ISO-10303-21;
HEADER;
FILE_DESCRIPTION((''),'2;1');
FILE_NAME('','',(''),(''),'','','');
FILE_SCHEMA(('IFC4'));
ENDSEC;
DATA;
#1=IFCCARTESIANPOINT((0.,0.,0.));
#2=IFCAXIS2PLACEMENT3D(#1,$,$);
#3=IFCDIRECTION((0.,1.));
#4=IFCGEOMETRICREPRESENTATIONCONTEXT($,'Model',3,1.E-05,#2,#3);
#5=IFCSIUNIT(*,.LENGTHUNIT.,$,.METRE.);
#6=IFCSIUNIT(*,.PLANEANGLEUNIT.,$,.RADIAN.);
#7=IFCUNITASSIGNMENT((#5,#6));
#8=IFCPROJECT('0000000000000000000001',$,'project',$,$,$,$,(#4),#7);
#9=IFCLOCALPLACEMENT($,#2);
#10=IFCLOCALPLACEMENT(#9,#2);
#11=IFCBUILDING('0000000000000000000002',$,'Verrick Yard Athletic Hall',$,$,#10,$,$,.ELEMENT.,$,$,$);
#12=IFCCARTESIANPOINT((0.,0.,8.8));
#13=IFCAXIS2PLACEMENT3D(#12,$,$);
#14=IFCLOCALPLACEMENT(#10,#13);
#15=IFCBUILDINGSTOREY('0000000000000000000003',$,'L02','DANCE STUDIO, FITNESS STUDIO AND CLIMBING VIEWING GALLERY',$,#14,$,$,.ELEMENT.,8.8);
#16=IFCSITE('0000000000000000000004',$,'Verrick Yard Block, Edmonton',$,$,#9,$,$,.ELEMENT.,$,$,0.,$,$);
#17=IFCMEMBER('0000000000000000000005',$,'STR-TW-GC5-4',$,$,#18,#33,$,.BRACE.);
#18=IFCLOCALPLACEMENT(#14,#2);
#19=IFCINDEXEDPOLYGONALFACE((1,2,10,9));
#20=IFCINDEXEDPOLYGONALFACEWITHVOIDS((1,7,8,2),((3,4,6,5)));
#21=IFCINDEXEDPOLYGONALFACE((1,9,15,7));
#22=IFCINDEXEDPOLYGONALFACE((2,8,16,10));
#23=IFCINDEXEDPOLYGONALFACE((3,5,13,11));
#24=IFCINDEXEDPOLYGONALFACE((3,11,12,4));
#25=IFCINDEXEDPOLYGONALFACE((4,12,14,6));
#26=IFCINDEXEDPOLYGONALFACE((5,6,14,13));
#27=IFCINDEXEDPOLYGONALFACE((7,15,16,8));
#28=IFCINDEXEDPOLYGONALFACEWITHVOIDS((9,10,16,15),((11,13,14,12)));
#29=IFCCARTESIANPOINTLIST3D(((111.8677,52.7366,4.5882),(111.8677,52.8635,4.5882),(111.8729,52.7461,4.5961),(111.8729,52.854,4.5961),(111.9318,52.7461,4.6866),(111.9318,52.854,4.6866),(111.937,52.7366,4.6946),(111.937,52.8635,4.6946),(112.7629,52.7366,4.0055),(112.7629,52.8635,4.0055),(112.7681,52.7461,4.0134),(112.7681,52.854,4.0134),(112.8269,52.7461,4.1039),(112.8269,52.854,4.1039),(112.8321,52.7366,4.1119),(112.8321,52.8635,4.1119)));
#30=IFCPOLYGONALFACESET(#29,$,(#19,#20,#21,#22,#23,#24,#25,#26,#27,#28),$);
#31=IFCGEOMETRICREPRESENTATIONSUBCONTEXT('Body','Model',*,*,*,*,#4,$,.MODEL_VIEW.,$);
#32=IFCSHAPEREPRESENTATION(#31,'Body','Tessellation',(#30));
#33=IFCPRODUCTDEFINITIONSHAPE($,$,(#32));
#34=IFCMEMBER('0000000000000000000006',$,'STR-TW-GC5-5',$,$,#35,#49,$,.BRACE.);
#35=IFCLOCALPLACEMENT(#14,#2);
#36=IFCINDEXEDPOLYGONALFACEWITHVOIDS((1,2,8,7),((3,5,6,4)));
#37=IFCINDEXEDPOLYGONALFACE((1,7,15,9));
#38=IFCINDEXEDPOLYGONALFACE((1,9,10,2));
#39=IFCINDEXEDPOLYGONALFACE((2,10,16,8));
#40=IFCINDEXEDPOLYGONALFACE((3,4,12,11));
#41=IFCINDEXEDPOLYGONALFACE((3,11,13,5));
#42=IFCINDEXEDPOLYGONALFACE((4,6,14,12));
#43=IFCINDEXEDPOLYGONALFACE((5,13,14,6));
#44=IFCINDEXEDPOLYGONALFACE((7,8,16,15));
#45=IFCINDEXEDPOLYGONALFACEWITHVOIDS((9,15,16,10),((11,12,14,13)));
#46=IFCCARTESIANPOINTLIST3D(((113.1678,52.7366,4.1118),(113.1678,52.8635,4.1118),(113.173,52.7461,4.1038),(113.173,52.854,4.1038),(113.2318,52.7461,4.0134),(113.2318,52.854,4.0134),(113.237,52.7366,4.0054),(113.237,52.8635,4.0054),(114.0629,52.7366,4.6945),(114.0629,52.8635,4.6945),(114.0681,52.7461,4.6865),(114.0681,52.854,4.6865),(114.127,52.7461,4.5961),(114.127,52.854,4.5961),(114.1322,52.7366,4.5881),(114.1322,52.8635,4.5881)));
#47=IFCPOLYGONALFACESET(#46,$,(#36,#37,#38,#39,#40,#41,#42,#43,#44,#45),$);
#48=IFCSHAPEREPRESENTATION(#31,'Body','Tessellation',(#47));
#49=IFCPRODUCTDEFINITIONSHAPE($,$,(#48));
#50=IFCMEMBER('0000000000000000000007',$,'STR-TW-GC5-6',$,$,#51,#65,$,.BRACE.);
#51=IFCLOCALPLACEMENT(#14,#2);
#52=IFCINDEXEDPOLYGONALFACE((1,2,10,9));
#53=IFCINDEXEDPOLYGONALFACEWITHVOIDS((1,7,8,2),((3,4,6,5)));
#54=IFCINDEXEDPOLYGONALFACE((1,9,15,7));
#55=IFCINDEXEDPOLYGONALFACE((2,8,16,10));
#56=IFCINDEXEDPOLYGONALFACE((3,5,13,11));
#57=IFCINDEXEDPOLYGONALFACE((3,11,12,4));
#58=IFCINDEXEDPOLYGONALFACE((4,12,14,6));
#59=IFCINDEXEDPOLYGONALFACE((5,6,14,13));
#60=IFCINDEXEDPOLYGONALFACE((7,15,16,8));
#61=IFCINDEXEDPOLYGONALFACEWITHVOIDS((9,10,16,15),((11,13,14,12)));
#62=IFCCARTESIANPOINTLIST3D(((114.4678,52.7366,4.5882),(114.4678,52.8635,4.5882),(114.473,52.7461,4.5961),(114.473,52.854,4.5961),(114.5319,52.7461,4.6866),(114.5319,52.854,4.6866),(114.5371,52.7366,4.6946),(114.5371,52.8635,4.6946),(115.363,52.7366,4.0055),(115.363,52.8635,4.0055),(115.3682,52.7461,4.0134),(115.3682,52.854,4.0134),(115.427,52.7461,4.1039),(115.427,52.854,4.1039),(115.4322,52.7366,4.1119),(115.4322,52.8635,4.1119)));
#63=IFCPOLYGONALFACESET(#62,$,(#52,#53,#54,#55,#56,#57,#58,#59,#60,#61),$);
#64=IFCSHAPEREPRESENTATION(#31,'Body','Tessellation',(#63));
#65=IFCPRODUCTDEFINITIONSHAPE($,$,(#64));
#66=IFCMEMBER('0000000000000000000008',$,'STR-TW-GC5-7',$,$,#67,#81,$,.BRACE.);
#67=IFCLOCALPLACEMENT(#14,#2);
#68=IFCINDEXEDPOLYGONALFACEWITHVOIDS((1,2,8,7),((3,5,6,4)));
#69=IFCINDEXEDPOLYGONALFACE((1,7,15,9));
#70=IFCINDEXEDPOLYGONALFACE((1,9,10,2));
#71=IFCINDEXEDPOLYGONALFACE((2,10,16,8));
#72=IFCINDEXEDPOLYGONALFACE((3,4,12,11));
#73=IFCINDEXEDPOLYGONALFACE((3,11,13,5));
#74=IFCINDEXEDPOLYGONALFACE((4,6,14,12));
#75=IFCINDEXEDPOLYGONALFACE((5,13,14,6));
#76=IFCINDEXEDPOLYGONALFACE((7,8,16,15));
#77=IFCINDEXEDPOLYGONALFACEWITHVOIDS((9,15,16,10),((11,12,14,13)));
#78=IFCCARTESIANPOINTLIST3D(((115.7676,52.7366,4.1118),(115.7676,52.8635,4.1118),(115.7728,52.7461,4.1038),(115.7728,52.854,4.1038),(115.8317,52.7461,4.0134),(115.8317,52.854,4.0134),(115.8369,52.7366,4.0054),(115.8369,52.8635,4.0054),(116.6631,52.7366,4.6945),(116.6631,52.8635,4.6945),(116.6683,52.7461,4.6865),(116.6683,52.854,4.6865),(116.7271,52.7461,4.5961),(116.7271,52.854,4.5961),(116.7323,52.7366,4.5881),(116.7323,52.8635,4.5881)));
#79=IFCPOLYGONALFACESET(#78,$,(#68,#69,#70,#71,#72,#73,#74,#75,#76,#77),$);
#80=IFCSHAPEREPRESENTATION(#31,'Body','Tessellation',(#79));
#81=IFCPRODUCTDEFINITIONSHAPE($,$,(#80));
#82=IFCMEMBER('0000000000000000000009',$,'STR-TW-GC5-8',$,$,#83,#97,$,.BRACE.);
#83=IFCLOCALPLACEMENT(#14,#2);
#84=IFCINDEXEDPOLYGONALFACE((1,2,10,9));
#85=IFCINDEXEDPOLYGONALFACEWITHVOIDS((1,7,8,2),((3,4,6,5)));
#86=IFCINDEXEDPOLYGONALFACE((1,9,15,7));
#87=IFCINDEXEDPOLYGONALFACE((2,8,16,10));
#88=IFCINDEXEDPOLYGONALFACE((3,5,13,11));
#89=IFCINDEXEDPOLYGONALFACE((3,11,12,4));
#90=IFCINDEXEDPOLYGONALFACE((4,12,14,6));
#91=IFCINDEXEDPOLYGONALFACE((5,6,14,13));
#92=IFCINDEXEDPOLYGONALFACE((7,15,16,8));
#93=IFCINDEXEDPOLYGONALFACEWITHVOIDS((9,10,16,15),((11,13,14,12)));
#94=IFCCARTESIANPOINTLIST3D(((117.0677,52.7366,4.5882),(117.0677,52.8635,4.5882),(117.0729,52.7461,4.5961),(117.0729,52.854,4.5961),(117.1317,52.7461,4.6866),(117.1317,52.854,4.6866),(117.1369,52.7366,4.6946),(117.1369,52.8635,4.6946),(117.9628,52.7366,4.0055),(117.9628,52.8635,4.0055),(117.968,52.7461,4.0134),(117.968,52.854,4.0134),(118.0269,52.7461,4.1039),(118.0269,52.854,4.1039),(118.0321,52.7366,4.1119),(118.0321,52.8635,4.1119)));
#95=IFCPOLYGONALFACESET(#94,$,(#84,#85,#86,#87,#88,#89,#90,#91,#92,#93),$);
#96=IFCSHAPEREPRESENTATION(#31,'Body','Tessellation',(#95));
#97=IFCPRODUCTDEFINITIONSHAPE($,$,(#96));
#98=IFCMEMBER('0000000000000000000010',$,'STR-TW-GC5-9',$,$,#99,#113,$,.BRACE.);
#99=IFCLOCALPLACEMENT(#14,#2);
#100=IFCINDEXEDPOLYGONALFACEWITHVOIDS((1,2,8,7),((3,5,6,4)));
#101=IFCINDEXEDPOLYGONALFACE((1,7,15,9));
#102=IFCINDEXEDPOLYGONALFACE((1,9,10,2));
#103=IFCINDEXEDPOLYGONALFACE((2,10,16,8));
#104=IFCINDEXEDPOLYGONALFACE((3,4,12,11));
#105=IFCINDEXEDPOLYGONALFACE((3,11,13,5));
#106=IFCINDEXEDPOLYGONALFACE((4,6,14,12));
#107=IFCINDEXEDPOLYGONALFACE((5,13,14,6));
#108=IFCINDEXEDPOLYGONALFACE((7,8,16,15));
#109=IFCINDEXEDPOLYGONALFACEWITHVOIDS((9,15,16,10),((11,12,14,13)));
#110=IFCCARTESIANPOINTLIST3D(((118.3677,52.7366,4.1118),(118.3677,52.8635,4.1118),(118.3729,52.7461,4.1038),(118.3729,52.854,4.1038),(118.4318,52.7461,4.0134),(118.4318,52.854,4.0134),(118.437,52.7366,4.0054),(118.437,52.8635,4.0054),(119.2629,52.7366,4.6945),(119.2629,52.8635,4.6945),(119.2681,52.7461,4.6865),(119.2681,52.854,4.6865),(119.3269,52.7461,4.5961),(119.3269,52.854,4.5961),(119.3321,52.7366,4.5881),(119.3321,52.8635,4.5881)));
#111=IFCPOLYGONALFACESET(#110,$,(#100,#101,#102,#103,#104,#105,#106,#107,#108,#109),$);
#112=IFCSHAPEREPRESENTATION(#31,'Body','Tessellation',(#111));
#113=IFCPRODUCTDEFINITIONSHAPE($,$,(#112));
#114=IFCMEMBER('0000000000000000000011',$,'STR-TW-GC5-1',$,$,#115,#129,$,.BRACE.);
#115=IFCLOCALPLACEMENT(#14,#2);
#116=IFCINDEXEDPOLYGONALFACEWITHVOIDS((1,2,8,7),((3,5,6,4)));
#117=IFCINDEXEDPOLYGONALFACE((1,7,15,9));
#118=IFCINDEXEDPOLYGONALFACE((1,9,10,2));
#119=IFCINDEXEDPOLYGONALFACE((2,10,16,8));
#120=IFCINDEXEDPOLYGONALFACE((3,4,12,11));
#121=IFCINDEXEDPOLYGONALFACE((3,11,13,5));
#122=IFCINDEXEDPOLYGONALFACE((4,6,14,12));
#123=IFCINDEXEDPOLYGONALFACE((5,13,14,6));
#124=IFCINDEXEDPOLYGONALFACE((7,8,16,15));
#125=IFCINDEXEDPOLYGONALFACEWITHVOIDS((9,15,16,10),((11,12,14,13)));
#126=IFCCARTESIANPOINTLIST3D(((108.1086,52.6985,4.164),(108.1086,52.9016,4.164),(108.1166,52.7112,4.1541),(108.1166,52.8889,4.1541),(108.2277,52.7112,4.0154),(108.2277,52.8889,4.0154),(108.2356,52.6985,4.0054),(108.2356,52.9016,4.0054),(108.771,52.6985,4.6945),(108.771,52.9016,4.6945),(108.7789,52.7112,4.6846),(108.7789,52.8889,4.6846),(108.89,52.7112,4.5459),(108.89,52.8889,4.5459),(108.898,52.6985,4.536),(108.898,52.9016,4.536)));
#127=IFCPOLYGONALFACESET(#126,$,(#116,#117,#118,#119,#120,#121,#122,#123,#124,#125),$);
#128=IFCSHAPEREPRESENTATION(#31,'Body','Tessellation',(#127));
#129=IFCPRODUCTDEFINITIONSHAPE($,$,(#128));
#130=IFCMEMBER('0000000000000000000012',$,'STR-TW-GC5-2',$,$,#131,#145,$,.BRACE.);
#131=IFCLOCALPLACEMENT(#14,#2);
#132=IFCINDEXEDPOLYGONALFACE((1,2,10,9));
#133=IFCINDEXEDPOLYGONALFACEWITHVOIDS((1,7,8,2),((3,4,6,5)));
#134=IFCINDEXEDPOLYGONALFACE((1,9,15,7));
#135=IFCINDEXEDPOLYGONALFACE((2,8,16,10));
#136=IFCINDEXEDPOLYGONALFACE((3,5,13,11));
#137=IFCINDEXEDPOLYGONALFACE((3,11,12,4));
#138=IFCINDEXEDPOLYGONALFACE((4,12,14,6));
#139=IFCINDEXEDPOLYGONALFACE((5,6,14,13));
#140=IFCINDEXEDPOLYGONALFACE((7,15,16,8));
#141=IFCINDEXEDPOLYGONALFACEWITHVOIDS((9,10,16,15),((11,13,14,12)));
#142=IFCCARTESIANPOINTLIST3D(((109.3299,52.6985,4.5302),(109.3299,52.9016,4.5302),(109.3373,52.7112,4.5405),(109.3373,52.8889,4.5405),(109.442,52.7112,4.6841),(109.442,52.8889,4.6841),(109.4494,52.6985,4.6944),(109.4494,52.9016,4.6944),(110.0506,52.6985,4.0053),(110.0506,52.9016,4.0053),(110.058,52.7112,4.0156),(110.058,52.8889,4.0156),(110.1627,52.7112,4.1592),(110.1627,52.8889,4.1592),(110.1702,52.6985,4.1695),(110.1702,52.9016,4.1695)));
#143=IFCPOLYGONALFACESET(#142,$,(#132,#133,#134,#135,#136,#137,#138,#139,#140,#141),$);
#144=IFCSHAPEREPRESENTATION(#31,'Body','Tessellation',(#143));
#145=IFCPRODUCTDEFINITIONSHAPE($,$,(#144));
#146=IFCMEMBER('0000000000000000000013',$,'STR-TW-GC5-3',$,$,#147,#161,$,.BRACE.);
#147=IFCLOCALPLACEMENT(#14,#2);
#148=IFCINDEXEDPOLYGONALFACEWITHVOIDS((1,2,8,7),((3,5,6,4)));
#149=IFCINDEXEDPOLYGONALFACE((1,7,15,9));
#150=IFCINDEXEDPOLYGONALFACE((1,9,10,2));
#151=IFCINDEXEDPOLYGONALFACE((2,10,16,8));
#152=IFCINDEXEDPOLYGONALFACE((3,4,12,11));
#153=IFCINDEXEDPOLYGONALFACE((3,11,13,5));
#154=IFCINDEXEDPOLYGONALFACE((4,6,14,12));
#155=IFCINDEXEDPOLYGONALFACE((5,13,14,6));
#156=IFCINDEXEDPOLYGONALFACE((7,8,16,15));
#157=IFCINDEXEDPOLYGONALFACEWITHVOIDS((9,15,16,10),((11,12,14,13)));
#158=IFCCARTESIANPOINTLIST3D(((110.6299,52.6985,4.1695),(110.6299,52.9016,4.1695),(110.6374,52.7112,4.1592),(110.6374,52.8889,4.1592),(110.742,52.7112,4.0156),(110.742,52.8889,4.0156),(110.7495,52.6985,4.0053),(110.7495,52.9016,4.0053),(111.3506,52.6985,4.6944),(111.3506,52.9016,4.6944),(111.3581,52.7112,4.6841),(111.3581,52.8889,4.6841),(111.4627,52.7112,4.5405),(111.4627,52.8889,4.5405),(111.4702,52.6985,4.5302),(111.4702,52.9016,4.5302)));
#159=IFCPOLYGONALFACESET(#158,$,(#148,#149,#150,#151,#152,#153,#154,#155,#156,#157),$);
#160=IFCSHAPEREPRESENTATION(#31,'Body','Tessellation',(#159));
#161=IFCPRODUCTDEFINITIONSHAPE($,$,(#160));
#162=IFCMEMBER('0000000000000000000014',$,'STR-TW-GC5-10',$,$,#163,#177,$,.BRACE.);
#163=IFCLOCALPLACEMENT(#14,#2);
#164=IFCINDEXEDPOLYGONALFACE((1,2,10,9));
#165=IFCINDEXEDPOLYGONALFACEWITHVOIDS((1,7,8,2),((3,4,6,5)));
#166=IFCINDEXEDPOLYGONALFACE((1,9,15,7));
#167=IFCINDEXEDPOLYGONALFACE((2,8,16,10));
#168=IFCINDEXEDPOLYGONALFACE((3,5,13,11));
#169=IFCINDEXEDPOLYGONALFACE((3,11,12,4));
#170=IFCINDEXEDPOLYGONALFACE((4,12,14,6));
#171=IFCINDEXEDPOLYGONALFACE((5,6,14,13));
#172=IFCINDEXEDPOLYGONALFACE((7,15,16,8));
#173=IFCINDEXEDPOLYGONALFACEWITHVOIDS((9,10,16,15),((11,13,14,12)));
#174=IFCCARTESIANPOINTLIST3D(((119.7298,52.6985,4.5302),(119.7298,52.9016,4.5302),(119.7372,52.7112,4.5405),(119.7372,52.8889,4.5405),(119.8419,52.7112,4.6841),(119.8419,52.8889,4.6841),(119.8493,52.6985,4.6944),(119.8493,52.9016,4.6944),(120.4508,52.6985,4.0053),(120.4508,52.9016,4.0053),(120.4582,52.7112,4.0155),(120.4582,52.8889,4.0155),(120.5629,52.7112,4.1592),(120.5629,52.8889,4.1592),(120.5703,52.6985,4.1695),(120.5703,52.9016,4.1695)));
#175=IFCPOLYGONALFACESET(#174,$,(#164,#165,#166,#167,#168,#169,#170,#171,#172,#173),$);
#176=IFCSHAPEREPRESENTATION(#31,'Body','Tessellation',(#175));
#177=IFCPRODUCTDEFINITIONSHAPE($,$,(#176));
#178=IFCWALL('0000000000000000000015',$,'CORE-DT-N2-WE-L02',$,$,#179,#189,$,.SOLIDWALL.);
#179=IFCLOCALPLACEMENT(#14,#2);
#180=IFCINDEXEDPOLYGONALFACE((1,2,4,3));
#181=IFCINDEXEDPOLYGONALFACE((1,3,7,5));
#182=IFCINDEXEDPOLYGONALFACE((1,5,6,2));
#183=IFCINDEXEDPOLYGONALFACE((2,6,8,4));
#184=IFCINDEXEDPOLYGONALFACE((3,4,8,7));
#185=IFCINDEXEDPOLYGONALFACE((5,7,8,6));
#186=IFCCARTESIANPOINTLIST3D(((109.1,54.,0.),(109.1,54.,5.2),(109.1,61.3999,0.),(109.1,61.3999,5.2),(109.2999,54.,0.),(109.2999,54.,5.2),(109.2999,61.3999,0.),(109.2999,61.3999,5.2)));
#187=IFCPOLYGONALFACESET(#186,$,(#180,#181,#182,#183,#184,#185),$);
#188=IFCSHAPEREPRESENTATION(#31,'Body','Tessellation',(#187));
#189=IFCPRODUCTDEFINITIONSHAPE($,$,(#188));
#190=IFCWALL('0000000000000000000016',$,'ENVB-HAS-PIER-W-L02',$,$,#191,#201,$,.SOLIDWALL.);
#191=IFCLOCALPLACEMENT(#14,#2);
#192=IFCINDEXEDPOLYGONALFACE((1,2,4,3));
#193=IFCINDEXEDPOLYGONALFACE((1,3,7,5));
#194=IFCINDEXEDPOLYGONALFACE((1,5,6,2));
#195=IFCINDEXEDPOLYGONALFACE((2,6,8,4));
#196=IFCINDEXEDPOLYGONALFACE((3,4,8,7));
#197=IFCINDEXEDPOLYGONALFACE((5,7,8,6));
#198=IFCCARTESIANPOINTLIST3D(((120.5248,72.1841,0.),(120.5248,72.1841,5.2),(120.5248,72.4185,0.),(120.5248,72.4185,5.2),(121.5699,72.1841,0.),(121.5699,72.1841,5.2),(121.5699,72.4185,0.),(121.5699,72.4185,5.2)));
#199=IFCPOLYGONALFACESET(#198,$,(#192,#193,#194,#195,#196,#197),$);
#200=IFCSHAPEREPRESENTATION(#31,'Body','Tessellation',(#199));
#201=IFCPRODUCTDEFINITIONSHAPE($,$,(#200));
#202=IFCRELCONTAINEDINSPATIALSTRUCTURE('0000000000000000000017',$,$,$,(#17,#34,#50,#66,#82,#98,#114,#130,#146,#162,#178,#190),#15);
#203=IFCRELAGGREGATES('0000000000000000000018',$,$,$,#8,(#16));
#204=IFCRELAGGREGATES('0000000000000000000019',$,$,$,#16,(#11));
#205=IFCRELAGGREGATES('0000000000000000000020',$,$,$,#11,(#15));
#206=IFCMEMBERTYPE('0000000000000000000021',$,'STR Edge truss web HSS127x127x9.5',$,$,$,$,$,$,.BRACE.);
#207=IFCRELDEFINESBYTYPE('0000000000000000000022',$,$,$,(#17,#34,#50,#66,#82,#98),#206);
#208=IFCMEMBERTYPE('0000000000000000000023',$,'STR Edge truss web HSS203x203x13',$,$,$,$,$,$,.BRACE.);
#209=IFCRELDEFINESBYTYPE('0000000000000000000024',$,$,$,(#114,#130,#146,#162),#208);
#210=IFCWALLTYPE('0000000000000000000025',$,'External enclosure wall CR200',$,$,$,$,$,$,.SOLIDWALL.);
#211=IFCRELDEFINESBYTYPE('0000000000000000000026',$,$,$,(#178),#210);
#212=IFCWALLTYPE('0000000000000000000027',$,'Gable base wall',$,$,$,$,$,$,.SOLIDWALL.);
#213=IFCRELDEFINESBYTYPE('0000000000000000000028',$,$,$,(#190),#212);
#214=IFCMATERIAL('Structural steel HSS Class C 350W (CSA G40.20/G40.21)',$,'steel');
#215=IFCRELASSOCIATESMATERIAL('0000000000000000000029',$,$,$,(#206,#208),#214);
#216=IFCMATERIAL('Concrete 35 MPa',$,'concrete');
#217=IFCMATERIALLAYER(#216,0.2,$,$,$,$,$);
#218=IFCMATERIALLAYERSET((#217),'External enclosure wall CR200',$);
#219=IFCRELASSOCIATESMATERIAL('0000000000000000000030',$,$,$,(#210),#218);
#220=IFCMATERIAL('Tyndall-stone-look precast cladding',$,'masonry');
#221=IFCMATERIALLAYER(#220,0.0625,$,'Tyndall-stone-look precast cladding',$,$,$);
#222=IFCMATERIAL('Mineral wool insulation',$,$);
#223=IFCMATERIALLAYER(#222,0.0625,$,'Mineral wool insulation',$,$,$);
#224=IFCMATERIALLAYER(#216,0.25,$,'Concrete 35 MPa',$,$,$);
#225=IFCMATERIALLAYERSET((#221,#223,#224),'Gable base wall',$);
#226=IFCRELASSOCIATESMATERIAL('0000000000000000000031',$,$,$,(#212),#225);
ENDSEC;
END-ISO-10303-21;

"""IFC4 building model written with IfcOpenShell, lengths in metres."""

from ifc_helpers import new_model, si_unit, direction, frame, frame_2d, origin, origin_2d, place, context, subcontext, project, spatial, rectangle, hollow_rectangle, extrude, material, layer, layer_set, material_profile, profile_set, type_object, element, save


model = new_model("IFC4")

# Units and contexts
model_context = context("Model", 3, precision=1e-05, world=origin(), true_north=direction((0.0, 1.0)))
body_context = subcontext(model_context, "Body", "Model", "MODEL_VIEW")
ifc_project = project(units=[si_unit("LENGTHUNIT", "METRE"), si_unit("PLANEANGLEUNIT", "RADIAN")], contexts=[model_context])

# Site, building, storey
site_placement = place(None, origin())
site = spatial("IfcSite", under=ifc_project, at=site_placement, Name="Verrick Yard Block, Edmonton", CompositionType="ELEMENT", RefElevation=0.0)
building_placement = place(site_placement, origin())
building = spatial("IfcBuilding", under=site, at=building_placement, Name="Verrick Yard Athletic Hall", CompositionType="ELEMENT")
storey_placement = place(building_placement, frame((0.0, 0.0, 8.8)))
storey = spatial("IfcBuildingStorey", under=building, at=storey_placement, Name="L02", Description="DANCE STUDIO, FITNESS STUDIO AND CLIMBING VIEWING GALLERY", CompositionType="ELEMENT", Elevation=8.8)

# Members
ifc_material_1 = material(Name="Structural steel HSS Class C 350W (CSA G40.20/G40.21)", Category="steel")
ifc_material_profile_1 = material_profile(ifc_material_1, hollow_rectangle(XDim=0.127, YDim=0.127, WallThickness=0.0095, at=origin_2d()), Name="HSS127x127x9.5")
ifc_profile_set_1 = profile_set([ifc_material_profile_1], Name="Structural steel HSS Class C 350W (CSA G40.20/G40.21)")
member_type_1 = type_object("IfcMemberType", Name="STR Edge truss web HSS127x127x9.5", PredefinedType="BRACE", material=ifc_profile_set_1)
for number, where, z_axis, x_axis, name in (
    (1, (111.9023, 52.8, 4.6414), (0.838083, 0.0, -0.545543), (0.0, 1.0, 0.0), "STR-TW-GC5-4"),
    (2, (113.2024, 52.8, 4.0586), (0.838083, 0.0, 0.545543), (0.0, 1.0, 0.0), "STR-TW-GC5-5"),
    (3, (114.5024, 52.8, 4.6414), (0.838083, 0.0, -0.545543), (0.0, 1.0, 0.0), "STR-TW-GC5-6"),
):
    element("IfcMember", number, at=place(storey_placement, frame(where, z_axis=z_axis, x_axis=x_axis)), inside=storey, type_object=member_type_1, Name=name, PredefinedType="BRACE", context=body_context, shape_type="SweptSolid", body=[
        extrude(hollow_rectangle(XDim=0.127, YDim=0.127, WallThickness=0.0095, at=origin_2d()), origin(), (0.0, 0.0, 1.0), 1.0681),
    ])
member_1_placement = place(storey_placement, frame((115.8022, 52.8, 4.0586), z_axis=(0.838151, 0.0, 0.545438), x_axis=(0.0, 1.0, 0.0)))
element("IfcMember", 4, at=member_1_placement, inside=storey, type_object=member_type_1, Name="STR-TW-GC5-7", PredefinedType="BRACE", context=body_context, shape_type="SweptSolid", body=[
    extrude(hollow_rectangle(XDim=0.127, YDim=0.127, WallThickness=0.0095, at=origin_2d()), origin(), (0.0, 0.0, 1.0), 1.0684),
])
for number, where, z_axis, x_axis, name in (
    (5, (117.1023, 52.8, 4.6414), (0.838083, 0.0, -0.545543), (0.0, 1.0, 0.0), "STR-TW-GC5-8"),
    (6, (118.4023, 52.8, 4.0586), (0.838083, 0.0, 0.545543), (0.0, 1.0, 0.0), "STR-TW-GC5-9"),
):
    element("IfcMember", number, at=place(storey_placement, frame(where, z_axis=z_axis, x_axis=x_axis)), inside=storey, type_object=member_type_1, Name=name, PredefinedType="BRACE", context=body_context, shape_type="SweptSolid", body=[
        extrude(hollow_rectangle(XDim=0.127, YDim=0.127, WallThickness=0.0095, at=origin_2d()), origin(), (0.0, 0.0, 1.0), 1.0681),
    ])
ifc_material_profile_2 = material_profile(ifc_material_1, hollow_rectangle(XDim=0.2031, YDim=0.2031, WallThickness=0.0127, at=origin_2d()), Name="HSS203x203x13")
ifc_profile_set_2 = profile_set([ifc_material_profile_2], Name="Structural steel HSS Class C 350W (CSA G40.20/G40.21)")
member_type_2 = type_object("IfcMemberType", Name="STR Edge truss web HSS203x203x13", PredefinedType="BRACE", material=ifc_profile_set_2)
member_2_placement = place(storey_placement, frame((108.1721, 52.8, 4.0847), z_axis=(0.780504, 0.0, 0.625151), x_axis=(0.0, 1.0, 0.0)))
element("IfcMember", 7, at=member_2_placement, inside=storey, type_object=member_type_2, Name="STR-TW-GC5-1", PredefinedType="BRACE", context=body_context, shape_type="SweptSolid", body=[
    extrude(hollow_rectangle(XDim=0.2031, YDim=0.2031, WallThickness=0.0127, at=origin_2d()), origin(), (0.0, 0.0, 1.0), 0.8486),
])
for number, where, z_axis, x_axis, name in (
    (8, (109.3896, 52.8, 4.6123), (0.808333, 0.0, -0.588725), (0.0, 1.0, 0.0), "STR-TW-GC5-2"),
    (9, (110.6897, 52.8, 4.0874), (0.808333, 0.0, 0.588725), (0.0, 1.0, 0.0), "STR-TW-GC5-3"),
):
    element("IfcMember", number, at=place(storey_placement, frame(where, z_axis=z_axis, x_axis=x_axis)), inside=storey, type_object=member_type_2, Name=name, PredefinedType="BRACE", context=body_context, shape_type="SweptSolid", body=[
        extrude(hollow_rectangle(XDim=0.2031, YDim=0.2031, WallThickness=0.0127, at=origin_2d()), origin(), (0.0, 0.0, 1.0), 0.8916),
    ])
member_3_placement = place(storey_placement, frame((119.7896, 52.8, 4.6123), z_axis=(0.808428, 0.0, -0.588595), x_axis=(0.0, 1.0, 0.0)))
element("IfcMember", 10, at=member_3_placement, inside=storey, type_object=member_type_2, Name="STR-TW-GC5-10", PredefinedType="BRACE", context=body_context, shape_type="SweptSolid", body=[
    extrude(hollow_rectangle(XDim=0.2031, YDim=0.2031, WallThickness=0.0127, at=origin_2d()), origin(), (0.0, 0.0, 1.0), 0.8918),
])

# Walls
ifc_material_2 = material(Name="Concrete 35 MPa", Category="concrete")
ifc_layer_1 = layer(ifc_material_2, 0.2)
ifc_layer_set_1 = layer_set([ifc_layer_1], Name="External enclosure wall CR200")
wall_type_1 = type_object("IfcWallType", Name="External enclosure wall CR200", PredefinedType="SOLIDWALL", material=ifc_layer_set_1)
wall_1_placement = place(storey_placement, frame((109.2, 61.3999, 0.0), z_axis=(0.0, 0.0, 1.0), x_axis=(0.0, -1.0, 0.0)))
element("IfcWall", 11, at=wall_1_placement, inside=storey, type_object=wall_type_1, Name="CORE-DT-N2-WE-L02", PredefinedType="SOLIDWALL", context=body_context, shape_type="SweptSolid", body=[
    extrude(rectangle(XDim=7.3999, YDim=0.2, at=frame_2d((3.7, 0.0))), origin(), (0.0, 0.0, 1.0), 5.2),
])
ifc_material_3 = material(Name="Tyndall-stone-look precast cladding", Category="masonry")
ifc_layer_2 = layer(ifc_material_3, 0.0625, Name="Tyndall-stone-look precast cladding")
ifc_material_4 = material(Name="Mineral wool insulation")
ifc_layer_3 = layer(ifc_material_4, 0.0625, Name="Mineral wool insulation")
ifc_layer_4 = layer(ifc_material_2, 0.25, Name="Concrete 35 MPa")
ifc_layer_set_2 = layer_set([ifc_layer_2, ifc_layer_3, ifc_layer_4], Name="Gable base wall")
wall_type_2 = type_object("IfcWallType", Name="Gable base wall", PredefinedType="SOLIDWALL", material=ifc_layer_set_2)
wall_2_placement = place(storey_placement, frame((120.5249, 72.3013, 0.0), z_axis=(0.0, 0.0, 1.0), x_axis=(1.0, 0.0, 0.0)))
element("IfcWall", 12, at=wall_2_placement, inside=storey, type_object=wall_type_2, Name="ENVB-HAS-PIER-W-L02", PredefinedType="SOLIDWALL", context=body_context, shape_type="SweptSolid", body=[
    extrude(rectangle(XDim=1.0452, YDim=0.2344, at=frame_2d((0.5225, 0.0))), origin(), (0.0, 0.0, 1.0), 5.2),
])

save(model, "model.ifc")
